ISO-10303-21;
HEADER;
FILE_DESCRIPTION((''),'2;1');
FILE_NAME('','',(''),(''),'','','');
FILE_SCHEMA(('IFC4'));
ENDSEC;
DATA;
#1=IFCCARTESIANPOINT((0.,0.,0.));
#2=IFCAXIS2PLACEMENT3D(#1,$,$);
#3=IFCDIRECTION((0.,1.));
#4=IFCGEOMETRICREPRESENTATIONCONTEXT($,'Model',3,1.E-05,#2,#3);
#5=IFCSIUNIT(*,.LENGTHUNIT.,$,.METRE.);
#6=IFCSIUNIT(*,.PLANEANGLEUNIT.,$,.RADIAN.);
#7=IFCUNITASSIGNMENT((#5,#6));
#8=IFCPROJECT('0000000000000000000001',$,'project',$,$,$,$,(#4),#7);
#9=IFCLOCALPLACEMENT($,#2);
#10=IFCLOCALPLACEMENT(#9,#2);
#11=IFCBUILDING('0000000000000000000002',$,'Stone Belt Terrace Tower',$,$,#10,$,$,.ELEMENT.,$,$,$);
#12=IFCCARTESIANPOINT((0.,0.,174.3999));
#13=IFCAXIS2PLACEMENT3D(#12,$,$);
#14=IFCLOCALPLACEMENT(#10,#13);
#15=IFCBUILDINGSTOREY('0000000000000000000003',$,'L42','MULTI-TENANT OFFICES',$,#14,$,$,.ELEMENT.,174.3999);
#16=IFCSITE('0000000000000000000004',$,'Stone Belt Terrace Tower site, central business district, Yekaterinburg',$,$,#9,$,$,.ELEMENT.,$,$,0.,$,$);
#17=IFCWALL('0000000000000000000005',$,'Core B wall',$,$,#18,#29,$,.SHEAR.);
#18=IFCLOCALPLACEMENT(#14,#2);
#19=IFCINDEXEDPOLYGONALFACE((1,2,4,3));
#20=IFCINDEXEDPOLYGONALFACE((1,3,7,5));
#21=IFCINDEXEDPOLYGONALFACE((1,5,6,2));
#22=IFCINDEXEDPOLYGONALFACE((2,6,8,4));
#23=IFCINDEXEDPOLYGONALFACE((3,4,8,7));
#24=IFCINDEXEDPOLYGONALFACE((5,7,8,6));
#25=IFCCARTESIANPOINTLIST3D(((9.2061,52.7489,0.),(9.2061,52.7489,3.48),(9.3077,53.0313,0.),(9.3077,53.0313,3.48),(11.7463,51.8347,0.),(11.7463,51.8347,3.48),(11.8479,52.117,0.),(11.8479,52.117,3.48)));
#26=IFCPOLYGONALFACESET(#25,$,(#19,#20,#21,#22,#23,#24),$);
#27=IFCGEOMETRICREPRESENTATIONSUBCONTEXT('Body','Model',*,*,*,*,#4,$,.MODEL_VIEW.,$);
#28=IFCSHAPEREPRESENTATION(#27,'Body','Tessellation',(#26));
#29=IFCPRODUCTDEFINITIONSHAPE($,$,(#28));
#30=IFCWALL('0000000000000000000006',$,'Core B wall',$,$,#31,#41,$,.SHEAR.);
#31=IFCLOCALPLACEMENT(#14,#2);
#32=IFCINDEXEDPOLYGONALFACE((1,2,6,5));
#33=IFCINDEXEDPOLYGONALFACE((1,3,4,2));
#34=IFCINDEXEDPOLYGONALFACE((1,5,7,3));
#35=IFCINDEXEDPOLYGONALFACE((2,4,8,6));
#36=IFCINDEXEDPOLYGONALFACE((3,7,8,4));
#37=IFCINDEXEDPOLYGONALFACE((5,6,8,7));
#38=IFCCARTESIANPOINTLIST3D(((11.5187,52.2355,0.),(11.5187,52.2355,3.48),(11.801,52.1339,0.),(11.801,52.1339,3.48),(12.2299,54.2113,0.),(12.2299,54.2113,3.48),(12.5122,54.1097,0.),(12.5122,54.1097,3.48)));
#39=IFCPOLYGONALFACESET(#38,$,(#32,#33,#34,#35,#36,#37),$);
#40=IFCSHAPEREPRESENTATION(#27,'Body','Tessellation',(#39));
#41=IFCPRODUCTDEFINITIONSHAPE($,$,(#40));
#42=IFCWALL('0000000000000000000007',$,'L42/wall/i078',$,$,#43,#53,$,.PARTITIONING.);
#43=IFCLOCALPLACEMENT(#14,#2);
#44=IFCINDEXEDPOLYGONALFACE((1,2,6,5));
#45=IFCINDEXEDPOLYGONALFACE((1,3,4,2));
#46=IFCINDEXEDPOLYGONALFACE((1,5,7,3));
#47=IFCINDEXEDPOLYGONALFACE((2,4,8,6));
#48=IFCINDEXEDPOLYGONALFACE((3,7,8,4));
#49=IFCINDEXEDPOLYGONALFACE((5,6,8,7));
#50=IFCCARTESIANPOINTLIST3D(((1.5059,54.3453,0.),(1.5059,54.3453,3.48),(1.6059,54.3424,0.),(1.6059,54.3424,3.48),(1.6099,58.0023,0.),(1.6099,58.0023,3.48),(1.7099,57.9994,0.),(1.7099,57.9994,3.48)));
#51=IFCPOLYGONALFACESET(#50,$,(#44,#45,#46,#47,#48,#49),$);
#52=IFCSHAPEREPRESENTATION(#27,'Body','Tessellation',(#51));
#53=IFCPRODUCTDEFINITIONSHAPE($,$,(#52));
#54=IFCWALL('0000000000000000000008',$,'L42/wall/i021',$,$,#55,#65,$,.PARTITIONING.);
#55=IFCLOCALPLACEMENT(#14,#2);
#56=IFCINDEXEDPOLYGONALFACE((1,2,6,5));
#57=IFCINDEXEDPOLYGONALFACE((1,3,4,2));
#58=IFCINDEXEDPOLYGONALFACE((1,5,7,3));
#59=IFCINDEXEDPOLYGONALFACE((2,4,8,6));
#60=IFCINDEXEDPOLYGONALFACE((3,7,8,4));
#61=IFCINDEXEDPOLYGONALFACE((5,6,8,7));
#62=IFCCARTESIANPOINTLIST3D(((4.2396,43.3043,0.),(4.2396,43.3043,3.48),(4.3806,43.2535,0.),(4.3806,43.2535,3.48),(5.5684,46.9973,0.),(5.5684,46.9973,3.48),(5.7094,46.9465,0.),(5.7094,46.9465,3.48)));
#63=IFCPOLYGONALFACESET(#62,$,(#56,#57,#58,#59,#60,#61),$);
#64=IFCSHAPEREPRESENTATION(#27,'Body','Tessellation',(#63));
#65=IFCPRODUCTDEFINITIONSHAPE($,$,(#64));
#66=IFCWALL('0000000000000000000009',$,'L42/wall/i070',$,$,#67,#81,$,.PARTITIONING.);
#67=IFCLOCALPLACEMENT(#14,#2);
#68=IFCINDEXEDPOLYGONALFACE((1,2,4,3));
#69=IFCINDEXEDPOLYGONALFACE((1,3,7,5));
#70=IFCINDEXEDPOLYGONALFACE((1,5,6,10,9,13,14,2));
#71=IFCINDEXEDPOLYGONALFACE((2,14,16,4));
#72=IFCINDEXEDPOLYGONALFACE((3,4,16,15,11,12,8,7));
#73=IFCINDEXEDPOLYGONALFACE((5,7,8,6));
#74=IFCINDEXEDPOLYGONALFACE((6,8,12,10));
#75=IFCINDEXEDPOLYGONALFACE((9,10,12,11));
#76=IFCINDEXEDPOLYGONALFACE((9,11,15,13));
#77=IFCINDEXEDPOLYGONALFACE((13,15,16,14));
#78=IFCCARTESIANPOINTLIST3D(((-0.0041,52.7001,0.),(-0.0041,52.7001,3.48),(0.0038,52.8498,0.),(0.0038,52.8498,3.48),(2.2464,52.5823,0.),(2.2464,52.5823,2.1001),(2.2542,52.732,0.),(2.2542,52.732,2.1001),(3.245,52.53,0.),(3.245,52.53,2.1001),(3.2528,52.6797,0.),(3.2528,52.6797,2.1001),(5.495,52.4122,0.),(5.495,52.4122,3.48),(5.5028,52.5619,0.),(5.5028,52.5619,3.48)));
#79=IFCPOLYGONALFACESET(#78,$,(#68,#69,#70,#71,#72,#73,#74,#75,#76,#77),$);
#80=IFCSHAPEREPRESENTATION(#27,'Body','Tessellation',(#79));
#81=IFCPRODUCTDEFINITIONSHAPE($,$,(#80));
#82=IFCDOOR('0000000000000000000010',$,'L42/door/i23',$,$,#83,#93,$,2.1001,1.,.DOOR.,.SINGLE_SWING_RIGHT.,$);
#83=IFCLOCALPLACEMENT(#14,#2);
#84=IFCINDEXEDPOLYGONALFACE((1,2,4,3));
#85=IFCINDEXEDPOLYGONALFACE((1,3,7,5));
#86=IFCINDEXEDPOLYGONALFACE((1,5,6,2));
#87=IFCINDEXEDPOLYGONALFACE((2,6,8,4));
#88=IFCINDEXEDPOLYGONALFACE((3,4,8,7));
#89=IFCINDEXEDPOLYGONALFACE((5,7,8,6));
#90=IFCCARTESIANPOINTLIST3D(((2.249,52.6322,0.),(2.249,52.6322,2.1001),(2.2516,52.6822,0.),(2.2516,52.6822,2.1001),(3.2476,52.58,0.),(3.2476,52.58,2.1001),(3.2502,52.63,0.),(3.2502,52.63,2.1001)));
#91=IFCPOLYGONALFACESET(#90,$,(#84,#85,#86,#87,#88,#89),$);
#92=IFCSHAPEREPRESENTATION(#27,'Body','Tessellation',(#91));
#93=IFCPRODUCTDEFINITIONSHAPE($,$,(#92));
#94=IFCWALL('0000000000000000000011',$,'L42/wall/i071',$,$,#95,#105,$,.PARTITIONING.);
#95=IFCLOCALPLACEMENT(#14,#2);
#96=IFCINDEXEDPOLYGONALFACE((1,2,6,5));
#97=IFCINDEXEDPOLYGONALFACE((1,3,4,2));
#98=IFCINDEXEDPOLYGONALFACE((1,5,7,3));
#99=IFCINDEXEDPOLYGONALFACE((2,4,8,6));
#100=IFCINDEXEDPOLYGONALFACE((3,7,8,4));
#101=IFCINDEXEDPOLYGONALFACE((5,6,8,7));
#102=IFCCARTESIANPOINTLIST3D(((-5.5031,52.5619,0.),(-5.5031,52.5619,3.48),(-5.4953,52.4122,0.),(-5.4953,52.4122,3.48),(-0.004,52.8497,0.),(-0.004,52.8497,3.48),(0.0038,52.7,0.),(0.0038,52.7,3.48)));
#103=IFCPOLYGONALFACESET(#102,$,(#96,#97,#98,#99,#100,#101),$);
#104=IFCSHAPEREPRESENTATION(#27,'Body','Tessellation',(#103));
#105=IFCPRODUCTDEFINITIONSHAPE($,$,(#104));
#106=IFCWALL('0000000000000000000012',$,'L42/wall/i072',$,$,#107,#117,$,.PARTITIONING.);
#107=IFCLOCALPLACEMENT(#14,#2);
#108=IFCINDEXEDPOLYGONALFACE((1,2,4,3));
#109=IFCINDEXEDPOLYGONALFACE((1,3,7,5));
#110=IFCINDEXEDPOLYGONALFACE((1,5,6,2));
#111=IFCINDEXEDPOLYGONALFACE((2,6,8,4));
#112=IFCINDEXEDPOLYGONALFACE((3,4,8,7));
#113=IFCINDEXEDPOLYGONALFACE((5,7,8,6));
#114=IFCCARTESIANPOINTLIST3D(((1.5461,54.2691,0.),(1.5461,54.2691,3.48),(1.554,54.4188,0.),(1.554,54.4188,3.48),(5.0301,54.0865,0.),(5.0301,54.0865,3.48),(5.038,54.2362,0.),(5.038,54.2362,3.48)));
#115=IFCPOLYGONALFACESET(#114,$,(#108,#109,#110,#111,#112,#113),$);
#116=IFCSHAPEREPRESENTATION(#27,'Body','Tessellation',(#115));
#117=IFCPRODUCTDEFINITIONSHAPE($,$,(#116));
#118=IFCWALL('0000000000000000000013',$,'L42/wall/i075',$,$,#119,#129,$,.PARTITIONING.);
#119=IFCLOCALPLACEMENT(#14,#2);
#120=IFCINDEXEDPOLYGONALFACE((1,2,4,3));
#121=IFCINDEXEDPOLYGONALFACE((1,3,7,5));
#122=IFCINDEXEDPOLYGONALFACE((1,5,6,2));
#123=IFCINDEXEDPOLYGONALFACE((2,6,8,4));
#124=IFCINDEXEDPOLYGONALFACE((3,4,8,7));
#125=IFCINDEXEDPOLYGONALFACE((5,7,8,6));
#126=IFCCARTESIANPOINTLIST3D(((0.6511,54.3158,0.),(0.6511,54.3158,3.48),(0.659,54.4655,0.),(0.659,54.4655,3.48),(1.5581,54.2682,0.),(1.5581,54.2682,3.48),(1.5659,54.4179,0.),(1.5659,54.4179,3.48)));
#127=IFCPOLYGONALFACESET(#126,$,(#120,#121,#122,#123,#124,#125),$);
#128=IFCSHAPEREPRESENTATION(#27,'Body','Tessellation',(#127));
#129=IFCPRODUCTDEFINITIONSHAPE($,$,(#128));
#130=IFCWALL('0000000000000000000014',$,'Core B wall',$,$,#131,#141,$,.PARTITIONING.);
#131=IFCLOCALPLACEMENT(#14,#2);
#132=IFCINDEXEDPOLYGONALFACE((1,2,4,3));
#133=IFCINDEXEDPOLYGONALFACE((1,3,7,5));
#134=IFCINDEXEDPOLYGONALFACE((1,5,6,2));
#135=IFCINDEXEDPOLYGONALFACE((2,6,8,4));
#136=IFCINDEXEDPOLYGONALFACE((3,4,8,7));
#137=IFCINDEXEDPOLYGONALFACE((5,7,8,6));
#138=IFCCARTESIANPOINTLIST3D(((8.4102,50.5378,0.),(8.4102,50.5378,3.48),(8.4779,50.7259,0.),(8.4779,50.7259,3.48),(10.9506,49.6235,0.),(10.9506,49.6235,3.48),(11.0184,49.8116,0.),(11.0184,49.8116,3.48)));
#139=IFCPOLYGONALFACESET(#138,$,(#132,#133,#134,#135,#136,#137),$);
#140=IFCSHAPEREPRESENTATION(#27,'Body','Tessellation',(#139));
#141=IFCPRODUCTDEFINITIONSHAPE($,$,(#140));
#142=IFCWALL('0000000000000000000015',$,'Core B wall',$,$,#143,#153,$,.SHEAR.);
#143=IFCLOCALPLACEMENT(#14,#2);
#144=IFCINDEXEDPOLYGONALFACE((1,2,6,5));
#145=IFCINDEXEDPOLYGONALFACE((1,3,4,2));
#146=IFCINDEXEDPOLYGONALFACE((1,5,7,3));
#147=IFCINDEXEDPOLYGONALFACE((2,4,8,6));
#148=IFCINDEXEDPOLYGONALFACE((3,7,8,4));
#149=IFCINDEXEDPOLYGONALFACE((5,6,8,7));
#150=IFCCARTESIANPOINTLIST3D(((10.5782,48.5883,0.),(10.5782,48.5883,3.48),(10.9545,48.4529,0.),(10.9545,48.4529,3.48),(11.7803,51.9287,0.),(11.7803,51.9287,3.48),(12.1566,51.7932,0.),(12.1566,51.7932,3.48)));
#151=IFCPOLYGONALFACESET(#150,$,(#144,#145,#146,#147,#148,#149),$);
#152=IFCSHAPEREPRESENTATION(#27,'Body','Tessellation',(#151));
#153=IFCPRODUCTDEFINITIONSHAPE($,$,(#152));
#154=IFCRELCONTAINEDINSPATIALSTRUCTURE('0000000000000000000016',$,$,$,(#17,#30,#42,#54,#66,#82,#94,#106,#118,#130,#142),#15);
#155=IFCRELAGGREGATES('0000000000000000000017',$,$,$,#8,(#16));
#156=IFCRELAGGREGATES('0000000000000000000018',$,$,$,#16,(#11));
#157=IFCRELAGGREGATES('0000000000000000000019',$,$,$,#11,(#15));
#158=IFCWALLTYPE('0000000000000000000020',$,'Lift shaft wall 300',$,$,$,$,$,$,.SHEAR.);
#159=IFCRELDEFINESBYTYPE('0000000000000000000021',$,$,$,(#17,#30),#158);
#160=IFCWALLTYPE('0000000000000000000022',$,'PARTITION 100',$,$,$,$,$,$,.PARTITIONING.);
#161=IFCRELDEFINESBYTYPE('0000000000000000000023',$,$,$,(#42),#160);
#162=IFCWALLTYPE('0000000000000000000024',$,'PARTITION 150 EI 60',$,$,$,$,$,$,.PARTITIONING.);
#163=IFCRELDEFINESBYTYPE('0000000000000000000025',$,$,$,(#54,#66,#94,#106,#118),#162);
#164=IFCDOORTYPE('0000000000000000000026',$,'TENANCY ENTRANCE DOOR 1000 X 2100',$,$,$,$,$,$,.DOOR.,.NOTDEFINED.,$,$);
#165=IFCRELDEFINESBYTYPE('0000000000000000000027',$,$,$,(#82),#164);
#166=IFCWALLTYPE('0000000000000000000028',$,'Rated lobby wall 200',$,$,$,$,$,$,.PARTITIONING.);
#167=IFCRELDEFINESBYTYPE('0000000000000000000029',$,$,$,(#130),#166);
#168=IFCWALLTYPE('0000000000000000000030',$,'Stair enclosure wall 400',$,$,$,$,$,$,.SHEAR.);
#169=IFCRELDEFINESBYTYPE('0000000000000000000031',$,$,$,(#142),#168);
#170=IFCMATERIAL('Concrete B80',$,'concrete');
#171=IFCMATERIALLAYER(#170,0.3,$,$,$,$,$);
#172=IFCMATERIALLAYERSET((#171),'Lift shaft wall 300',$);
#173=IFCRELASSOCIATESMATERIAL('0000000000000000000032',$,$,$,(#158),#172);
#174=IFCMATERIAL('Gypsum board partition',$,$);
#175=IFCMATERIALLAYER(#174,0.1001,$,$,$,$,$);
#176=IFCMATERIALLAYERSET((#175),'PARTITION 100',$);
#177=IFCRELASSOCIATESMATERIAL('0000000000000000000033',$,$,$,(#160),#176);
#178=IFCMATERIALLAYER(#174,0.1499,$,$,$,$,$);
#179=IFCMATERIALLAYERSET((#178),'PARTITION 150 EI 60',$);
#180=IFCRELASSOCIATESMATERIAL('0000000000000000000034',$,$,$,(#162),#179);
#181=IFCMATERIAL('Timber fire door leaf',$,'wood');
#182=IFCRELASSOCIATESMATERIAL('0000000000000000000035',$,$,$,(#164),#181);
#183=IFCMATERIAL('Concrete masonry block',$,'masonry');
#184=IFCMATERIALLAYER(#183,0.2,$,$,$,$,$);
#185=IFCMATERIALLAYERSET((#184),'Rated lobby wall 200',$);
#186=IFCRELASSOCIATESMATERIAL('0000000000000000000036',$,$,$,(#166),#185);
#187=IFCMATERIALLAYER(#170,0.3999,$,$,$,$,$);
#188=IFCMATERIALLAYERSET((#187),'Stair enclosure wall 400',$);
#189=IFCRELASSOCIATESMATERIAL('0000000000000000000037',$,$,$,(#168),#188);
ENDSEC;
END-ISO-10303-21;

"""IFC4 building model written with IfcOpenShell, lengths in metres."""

from ifc_helpers import new_model, si_unit, direction, frame, frame_2d, origin, place, context, subcontext, project, spatial, rectangle, extrude, material, layer, layer_set, type_object, element, fill, save


model = new_model("IFC4")

# Units and contexts
model_context = context("Model", 3, precision=1e-05, world=origin(), true_north=direction((0.0, 1.0)))
body_context = subcontext(model_context, "Body", "Model", "MODEL_VIEW")
ifc_project = project(units=[si_unit("LENGTHUNIT", "METRE"), si_unit("PLANEANGLEUNIT", "RADIAN")], contexts=[model_context])

# Site, building, storey
site_placement = place(None, origin())
site = spatial("IfcSite", under=ifc_project, at=site_placement, Name="Stone Belt Terrace Tower site, central business district, Yekaterinburg", CompositionType="ELEMENT", RefElevation=0.0)
building_placement = place(site_placement, origin())
building = spatial("IfcBuilding", under=site, at=building_placement, Name="Stone Belt Terrace Tower", CompositionType="ELEMENT")
storey_placement = place(building_placement, frame((0.0, 0.0, 174.3999)))
storey = spatial("IfcBuildingStorey", under=building, at=storey_placement, Name="L42", Description="MULTI-TENANT OFFICES", CompositionType="ELEMENT", Elevation=174.3999)

# Shared definitions
ifc_material_1 = material(Name="Concrete B80", Category="concrete")

# Walls
ifc_layer_1 = layer(ifc_material_1, 0.3)
ifc_layer_set_1 = layer_set([ifc_layer_1], Name="Lift shaft wall 300")
wall_type_1 = type_object("IfcWallType", Name="Lift shaft wall 300", PredefinedType="SHEAR", material=ifc_layer_set_1)
wall_1_placement = place(storey_placement, frame((11.7971, 51.9758, 0.0), z_axis=(0.0, 0.0, 1.0), x_axis=(-0.94091, 0.338655, 0.0)))
element("IfcWall", 1, at=wall_1_placement, inside=storey, type_object=wall_type_1, Name="Core B wall", PredefinedType="SHEAR", context=body_context, shape_type="SweptSolid", body=[
    extrude(rectangle(XDim=2.6997, YDim=0.3, at=frame_2d((1.3499, 0.0))), origin(), (0.0, 0.0, 1.0), 3.48),
])
wall_2_placement = place(storey_placement, frame((11.6599, 52.1848, 0.0), z_axis=(0.0, 0.0, 1.0), x_axis=(0.33867, 0.940905, 0.0)))
element("IfcWall", 2, at=wall_2_placement, inside=storey, type_object=wall_type_1, Name="Core B wall", PredefinedType="SHEAR", context=body_context, shape_type="SweptSolid", body=[
    extrude(rectangle(XDim=2.0999, YDim=0.3, at=frame_2d((1.0498, 0.0))), origin(), (0.0, 0.0, 1.0), 3.48),
])
ifc_material_2 = material(Name="Gypsum board partition")
ifc_layer_2 = layer(ifc_material_2, 0.1001)
ifc_layer_set_2 = layer_set([ifc_layer_2], Name="PARTITION 100")
wall_type_2 = type_object("IfcWallType", Name="PARTITION 100", PredefinedType="PARTITIONING", material=ifc_layer_set_2)
wall_3_placement = place(storey_placement, frame((1.5559, 54.344, 0.0), z_axis=(0.0, 0.0, 1.0), x_axis=(0.028428, 0.999596, 0.0)))
element("IfcWall", 3, at=wall_3_placement, inside=storey, type_object=wall_type_2, Name="L42/wall/i078", PredefinedType="PARTITIONING", context=body_context, shape_type="SweptSolid", body=[
    extrude(rectangle(XDim=3.6584, YDim=0.1001, at=frame_2d((1.8291, 0.0))), origin(), (0.0, 0.0, 1.0), 3.48),
])
ifc_layer_3 = layer(ifc_material_2, 0.1499)
ifc_layer_set_3 = layer_set([ifc_layer_3], Name="PARTITION 150 EI 60")
wall_type_3 = type_object("IfcWallType", Name="PARTITION 150 EI 60", PredefinedType="PARTITIONING", material=ifc_layer_set_3)
wall_4_placement = place(storey_placement, frame((5.6389, 46.9719, 0.0), z_axis=(0.0, 0.0, 1.0), x_axis=(-0.33857, -0.940941, 0.0)))
element("IfcWall", 4, at=wall_4_placement, inside=storey, type_object=wall_type_3, Name="L42/wall/i021", PredefinedType="PARTITIONING", context=body_context, shape_type="SweptSolid", body=[
    extrude(rectangle(XDim=3.9248, YDim=0.1499, at=frame_2d((1.9624, 0.0))), origin(), (0.0, 0.0, 1.0), 3.48),
])

# Wall, opening, door
wall_5_placement = place(storey_placement, frame((5.499, 52.4871, 0.0), z_axis=(0.0, 0.0, 1.0), x_axis=(-0.998633, 0.052273, 0.0)))
wall_5 = element("IfcWall", 5, at=wall_5_placement, inside=storey, type_object=wall_type_3, Name="L42/wall/i070", PredefinedType="PARTITIONING", context=body_context, shape_type="SweptSolid", body=[
    extrude(rectangle(XDim=5.5066, YDim=0.1499, at=frame_2d((2.7534, 0.0))), origin(), (0.0, 0.0, 1.0), 3.48),
])
opening_1_placement = place(wall_5_placement, frame((2.2532, 0.0, 0.0)))
opening_1 = element("IfcOpeningElement", 6, at=opening_1_placement, cuts=wall_5, PredefinedType="OPENING", context=body_context, shape_type="SweptSolid", body=[
    extrude(rectangle(XDim=1.0, YDim=2.1001, at=frame_2d((0.5, 1.05))), frame((0.0, 0.085, 0.0), z_axis=(0.0, -1.0, 0.0), x_axis=(1.0, 0.0, 0.0)), (0.0, 0.0, 1.0), 0.1699),
])
ifc_material_3 = material(Name="Timber fire door leaf", Category="wood")
door_type_1 = type_object("IfcDoorType", Name="TENANCY ENTRANCE DOOR 1000 X 2100", OperationType="NOTDEFINED", PredefinedType="DOOR", material=ifc_material_3)
door_1_placement = place(opening_1_placement, origin())
door_1 = element("IfcDoor", 7, at=door_1_placement, inside=storey, type_object=door_type_1, Name="L42/door/i23", OperationType="SINGLE_SWING_RIGHT", OverallHeight=2.1001, OverallWidth=1.0, PredefinedType="DOOR", context=body_context, shape_type="SweptSolid", body=[
    extrude(rectangle(XDim=1.0, YDim=2.1001, at=frame_2d((0.5, 1.05))), frame((0.0, 0.0249, 0.0), z_axis=(0.0, -1.0, 0.0), x_axis=(1.0, 0.0, 0.0)), (0.0, 0.0, 1.0), 0.05),
])
fill(opening_1, door_1)

# Walls
wall_6_placement = place(storey_placement, frame((0.0, 52.7749, 0.0), z_axis=(0.0, 0.0, 1.0), x_axis=(-0.998633, -0.052273, 0.0)))
element("IfcWall", 8, at=wall_6_placement, inside=storey, type_object=wall_type_3, Name="L42/wall/i071", PredefinedType="PARTITIONING", context=body_context, shape_type="SweptSolid", body=[
    extrude(rectangle(XDim=5.5066, YDim=0.1499, at=frame_2d((2.7534, 0.0))), origin(), (0.0, 0.0, 1.0), 3.48),
])
wall_7_placement = place(storey_placement, frame((1.55, 54.344, 0.0), z_axis=(0.0, 0.0, 1.0), x_axis=(0.998629, -0.052346, 0.0)))
element("IfcWall", 9, at=wall_7_placement, inside=storey, type_object=wall_type_3, Name="L42/wall/i072", PredefinedType="PARTITIONING", context=body_context, shape_type="SweptSolid", body=[
    extrude(rectangle(XDim=3.4888, YDim=0.1499, at=frame_2d((1.7444, 0.0))), origin(), (0.0, 0.0, 1.0), 3.48),
])
wall_8_placement = place(storey_placement, frame((0.655, 54.3906, 0.0), z_axis=(0.0, 0.0, 1.0), x_axis=(0.998625, -0.052418, 0.0)))
element("IfcWall", 10, at=wall_8_placement, inside=storey, type_object=wall_type_3, Name="L42/wall/i075", PredefinedType="PARTITIONING", context=body_context, shape_type="SweptSolid", body=[
    extrude(rectangle(XDim=0.9082, YDim=0.1499, at=frame_2d((0.4541, 0.0))), origin(), (0.0, 0.0, 1.0), 3.48),
])
ifc_material_4 = material(Name="Concrete masonry block", Category="masonry")
ifc_layer_4 = layer(ifc_material_4, 0.2)
ifc_layer_set_4 = layer_set([ifc_layer_4], Name="Rated lobby wall 200")
wall_type_4 = type_object("IfcWallType", Name="Rated lobby wall 200", PredefinedType="PARTITIONING", material=ifc_layer_set_4)
wall_9_placement = place(storey_placement, frame((10.9846, 49.7175, 0.0), z_axis=(0.0, 0.0, 1.0), x_axis=(-0.940921, 0.338627, 0.0)))
element("IfcWall", 11, at=wall_9_placement, inside=storey, type_object=wall_type_4, Name="Core B wall", PredefinedType="PARTITIONING", context=body_context, shape_type="SweptSolid", body=[
    extrude(rectangle(XDim=2.7, YDim=0.2, at=frame_2d((1.3501, 0.0))), origin(), (0.0, 0.0, 1.0), 3.48),
])
ifc_layer_5 = layer(ifc_material_1, 0.3999)
ifc_layer_set_5 = layer_set([ifc_layer_5], Name="Stair enclosure wall 400")
wall_type_5 = type_object("IfcWallType", Name="Stair enclosure wall 400", PredefinedType="SHEAR", material=ifc_layer_set_5)
wall_10_placement = place(storey_placement, frame((10.7664, 48.5208, 0.0), z_axis=(0.0, 0.0, 1.0), x_axis=(0.338627, 0.940921, 0.0)))
element("IfcWall", 12, at=wall_10_placement, inside=storey, type_object=wall_type_5, Name="Core B wall", PredefinedType="SHEAR", context=body_context, shape_type="SweptSolid", body=[
    extrude(rectangle(XDim=3.55, YDim=0.3999, at=frame_2d((1.7749, 0.0))), origin(), (0.0, 0.0, 1.0), 3.48),
])

save(model, "model.ifc")
